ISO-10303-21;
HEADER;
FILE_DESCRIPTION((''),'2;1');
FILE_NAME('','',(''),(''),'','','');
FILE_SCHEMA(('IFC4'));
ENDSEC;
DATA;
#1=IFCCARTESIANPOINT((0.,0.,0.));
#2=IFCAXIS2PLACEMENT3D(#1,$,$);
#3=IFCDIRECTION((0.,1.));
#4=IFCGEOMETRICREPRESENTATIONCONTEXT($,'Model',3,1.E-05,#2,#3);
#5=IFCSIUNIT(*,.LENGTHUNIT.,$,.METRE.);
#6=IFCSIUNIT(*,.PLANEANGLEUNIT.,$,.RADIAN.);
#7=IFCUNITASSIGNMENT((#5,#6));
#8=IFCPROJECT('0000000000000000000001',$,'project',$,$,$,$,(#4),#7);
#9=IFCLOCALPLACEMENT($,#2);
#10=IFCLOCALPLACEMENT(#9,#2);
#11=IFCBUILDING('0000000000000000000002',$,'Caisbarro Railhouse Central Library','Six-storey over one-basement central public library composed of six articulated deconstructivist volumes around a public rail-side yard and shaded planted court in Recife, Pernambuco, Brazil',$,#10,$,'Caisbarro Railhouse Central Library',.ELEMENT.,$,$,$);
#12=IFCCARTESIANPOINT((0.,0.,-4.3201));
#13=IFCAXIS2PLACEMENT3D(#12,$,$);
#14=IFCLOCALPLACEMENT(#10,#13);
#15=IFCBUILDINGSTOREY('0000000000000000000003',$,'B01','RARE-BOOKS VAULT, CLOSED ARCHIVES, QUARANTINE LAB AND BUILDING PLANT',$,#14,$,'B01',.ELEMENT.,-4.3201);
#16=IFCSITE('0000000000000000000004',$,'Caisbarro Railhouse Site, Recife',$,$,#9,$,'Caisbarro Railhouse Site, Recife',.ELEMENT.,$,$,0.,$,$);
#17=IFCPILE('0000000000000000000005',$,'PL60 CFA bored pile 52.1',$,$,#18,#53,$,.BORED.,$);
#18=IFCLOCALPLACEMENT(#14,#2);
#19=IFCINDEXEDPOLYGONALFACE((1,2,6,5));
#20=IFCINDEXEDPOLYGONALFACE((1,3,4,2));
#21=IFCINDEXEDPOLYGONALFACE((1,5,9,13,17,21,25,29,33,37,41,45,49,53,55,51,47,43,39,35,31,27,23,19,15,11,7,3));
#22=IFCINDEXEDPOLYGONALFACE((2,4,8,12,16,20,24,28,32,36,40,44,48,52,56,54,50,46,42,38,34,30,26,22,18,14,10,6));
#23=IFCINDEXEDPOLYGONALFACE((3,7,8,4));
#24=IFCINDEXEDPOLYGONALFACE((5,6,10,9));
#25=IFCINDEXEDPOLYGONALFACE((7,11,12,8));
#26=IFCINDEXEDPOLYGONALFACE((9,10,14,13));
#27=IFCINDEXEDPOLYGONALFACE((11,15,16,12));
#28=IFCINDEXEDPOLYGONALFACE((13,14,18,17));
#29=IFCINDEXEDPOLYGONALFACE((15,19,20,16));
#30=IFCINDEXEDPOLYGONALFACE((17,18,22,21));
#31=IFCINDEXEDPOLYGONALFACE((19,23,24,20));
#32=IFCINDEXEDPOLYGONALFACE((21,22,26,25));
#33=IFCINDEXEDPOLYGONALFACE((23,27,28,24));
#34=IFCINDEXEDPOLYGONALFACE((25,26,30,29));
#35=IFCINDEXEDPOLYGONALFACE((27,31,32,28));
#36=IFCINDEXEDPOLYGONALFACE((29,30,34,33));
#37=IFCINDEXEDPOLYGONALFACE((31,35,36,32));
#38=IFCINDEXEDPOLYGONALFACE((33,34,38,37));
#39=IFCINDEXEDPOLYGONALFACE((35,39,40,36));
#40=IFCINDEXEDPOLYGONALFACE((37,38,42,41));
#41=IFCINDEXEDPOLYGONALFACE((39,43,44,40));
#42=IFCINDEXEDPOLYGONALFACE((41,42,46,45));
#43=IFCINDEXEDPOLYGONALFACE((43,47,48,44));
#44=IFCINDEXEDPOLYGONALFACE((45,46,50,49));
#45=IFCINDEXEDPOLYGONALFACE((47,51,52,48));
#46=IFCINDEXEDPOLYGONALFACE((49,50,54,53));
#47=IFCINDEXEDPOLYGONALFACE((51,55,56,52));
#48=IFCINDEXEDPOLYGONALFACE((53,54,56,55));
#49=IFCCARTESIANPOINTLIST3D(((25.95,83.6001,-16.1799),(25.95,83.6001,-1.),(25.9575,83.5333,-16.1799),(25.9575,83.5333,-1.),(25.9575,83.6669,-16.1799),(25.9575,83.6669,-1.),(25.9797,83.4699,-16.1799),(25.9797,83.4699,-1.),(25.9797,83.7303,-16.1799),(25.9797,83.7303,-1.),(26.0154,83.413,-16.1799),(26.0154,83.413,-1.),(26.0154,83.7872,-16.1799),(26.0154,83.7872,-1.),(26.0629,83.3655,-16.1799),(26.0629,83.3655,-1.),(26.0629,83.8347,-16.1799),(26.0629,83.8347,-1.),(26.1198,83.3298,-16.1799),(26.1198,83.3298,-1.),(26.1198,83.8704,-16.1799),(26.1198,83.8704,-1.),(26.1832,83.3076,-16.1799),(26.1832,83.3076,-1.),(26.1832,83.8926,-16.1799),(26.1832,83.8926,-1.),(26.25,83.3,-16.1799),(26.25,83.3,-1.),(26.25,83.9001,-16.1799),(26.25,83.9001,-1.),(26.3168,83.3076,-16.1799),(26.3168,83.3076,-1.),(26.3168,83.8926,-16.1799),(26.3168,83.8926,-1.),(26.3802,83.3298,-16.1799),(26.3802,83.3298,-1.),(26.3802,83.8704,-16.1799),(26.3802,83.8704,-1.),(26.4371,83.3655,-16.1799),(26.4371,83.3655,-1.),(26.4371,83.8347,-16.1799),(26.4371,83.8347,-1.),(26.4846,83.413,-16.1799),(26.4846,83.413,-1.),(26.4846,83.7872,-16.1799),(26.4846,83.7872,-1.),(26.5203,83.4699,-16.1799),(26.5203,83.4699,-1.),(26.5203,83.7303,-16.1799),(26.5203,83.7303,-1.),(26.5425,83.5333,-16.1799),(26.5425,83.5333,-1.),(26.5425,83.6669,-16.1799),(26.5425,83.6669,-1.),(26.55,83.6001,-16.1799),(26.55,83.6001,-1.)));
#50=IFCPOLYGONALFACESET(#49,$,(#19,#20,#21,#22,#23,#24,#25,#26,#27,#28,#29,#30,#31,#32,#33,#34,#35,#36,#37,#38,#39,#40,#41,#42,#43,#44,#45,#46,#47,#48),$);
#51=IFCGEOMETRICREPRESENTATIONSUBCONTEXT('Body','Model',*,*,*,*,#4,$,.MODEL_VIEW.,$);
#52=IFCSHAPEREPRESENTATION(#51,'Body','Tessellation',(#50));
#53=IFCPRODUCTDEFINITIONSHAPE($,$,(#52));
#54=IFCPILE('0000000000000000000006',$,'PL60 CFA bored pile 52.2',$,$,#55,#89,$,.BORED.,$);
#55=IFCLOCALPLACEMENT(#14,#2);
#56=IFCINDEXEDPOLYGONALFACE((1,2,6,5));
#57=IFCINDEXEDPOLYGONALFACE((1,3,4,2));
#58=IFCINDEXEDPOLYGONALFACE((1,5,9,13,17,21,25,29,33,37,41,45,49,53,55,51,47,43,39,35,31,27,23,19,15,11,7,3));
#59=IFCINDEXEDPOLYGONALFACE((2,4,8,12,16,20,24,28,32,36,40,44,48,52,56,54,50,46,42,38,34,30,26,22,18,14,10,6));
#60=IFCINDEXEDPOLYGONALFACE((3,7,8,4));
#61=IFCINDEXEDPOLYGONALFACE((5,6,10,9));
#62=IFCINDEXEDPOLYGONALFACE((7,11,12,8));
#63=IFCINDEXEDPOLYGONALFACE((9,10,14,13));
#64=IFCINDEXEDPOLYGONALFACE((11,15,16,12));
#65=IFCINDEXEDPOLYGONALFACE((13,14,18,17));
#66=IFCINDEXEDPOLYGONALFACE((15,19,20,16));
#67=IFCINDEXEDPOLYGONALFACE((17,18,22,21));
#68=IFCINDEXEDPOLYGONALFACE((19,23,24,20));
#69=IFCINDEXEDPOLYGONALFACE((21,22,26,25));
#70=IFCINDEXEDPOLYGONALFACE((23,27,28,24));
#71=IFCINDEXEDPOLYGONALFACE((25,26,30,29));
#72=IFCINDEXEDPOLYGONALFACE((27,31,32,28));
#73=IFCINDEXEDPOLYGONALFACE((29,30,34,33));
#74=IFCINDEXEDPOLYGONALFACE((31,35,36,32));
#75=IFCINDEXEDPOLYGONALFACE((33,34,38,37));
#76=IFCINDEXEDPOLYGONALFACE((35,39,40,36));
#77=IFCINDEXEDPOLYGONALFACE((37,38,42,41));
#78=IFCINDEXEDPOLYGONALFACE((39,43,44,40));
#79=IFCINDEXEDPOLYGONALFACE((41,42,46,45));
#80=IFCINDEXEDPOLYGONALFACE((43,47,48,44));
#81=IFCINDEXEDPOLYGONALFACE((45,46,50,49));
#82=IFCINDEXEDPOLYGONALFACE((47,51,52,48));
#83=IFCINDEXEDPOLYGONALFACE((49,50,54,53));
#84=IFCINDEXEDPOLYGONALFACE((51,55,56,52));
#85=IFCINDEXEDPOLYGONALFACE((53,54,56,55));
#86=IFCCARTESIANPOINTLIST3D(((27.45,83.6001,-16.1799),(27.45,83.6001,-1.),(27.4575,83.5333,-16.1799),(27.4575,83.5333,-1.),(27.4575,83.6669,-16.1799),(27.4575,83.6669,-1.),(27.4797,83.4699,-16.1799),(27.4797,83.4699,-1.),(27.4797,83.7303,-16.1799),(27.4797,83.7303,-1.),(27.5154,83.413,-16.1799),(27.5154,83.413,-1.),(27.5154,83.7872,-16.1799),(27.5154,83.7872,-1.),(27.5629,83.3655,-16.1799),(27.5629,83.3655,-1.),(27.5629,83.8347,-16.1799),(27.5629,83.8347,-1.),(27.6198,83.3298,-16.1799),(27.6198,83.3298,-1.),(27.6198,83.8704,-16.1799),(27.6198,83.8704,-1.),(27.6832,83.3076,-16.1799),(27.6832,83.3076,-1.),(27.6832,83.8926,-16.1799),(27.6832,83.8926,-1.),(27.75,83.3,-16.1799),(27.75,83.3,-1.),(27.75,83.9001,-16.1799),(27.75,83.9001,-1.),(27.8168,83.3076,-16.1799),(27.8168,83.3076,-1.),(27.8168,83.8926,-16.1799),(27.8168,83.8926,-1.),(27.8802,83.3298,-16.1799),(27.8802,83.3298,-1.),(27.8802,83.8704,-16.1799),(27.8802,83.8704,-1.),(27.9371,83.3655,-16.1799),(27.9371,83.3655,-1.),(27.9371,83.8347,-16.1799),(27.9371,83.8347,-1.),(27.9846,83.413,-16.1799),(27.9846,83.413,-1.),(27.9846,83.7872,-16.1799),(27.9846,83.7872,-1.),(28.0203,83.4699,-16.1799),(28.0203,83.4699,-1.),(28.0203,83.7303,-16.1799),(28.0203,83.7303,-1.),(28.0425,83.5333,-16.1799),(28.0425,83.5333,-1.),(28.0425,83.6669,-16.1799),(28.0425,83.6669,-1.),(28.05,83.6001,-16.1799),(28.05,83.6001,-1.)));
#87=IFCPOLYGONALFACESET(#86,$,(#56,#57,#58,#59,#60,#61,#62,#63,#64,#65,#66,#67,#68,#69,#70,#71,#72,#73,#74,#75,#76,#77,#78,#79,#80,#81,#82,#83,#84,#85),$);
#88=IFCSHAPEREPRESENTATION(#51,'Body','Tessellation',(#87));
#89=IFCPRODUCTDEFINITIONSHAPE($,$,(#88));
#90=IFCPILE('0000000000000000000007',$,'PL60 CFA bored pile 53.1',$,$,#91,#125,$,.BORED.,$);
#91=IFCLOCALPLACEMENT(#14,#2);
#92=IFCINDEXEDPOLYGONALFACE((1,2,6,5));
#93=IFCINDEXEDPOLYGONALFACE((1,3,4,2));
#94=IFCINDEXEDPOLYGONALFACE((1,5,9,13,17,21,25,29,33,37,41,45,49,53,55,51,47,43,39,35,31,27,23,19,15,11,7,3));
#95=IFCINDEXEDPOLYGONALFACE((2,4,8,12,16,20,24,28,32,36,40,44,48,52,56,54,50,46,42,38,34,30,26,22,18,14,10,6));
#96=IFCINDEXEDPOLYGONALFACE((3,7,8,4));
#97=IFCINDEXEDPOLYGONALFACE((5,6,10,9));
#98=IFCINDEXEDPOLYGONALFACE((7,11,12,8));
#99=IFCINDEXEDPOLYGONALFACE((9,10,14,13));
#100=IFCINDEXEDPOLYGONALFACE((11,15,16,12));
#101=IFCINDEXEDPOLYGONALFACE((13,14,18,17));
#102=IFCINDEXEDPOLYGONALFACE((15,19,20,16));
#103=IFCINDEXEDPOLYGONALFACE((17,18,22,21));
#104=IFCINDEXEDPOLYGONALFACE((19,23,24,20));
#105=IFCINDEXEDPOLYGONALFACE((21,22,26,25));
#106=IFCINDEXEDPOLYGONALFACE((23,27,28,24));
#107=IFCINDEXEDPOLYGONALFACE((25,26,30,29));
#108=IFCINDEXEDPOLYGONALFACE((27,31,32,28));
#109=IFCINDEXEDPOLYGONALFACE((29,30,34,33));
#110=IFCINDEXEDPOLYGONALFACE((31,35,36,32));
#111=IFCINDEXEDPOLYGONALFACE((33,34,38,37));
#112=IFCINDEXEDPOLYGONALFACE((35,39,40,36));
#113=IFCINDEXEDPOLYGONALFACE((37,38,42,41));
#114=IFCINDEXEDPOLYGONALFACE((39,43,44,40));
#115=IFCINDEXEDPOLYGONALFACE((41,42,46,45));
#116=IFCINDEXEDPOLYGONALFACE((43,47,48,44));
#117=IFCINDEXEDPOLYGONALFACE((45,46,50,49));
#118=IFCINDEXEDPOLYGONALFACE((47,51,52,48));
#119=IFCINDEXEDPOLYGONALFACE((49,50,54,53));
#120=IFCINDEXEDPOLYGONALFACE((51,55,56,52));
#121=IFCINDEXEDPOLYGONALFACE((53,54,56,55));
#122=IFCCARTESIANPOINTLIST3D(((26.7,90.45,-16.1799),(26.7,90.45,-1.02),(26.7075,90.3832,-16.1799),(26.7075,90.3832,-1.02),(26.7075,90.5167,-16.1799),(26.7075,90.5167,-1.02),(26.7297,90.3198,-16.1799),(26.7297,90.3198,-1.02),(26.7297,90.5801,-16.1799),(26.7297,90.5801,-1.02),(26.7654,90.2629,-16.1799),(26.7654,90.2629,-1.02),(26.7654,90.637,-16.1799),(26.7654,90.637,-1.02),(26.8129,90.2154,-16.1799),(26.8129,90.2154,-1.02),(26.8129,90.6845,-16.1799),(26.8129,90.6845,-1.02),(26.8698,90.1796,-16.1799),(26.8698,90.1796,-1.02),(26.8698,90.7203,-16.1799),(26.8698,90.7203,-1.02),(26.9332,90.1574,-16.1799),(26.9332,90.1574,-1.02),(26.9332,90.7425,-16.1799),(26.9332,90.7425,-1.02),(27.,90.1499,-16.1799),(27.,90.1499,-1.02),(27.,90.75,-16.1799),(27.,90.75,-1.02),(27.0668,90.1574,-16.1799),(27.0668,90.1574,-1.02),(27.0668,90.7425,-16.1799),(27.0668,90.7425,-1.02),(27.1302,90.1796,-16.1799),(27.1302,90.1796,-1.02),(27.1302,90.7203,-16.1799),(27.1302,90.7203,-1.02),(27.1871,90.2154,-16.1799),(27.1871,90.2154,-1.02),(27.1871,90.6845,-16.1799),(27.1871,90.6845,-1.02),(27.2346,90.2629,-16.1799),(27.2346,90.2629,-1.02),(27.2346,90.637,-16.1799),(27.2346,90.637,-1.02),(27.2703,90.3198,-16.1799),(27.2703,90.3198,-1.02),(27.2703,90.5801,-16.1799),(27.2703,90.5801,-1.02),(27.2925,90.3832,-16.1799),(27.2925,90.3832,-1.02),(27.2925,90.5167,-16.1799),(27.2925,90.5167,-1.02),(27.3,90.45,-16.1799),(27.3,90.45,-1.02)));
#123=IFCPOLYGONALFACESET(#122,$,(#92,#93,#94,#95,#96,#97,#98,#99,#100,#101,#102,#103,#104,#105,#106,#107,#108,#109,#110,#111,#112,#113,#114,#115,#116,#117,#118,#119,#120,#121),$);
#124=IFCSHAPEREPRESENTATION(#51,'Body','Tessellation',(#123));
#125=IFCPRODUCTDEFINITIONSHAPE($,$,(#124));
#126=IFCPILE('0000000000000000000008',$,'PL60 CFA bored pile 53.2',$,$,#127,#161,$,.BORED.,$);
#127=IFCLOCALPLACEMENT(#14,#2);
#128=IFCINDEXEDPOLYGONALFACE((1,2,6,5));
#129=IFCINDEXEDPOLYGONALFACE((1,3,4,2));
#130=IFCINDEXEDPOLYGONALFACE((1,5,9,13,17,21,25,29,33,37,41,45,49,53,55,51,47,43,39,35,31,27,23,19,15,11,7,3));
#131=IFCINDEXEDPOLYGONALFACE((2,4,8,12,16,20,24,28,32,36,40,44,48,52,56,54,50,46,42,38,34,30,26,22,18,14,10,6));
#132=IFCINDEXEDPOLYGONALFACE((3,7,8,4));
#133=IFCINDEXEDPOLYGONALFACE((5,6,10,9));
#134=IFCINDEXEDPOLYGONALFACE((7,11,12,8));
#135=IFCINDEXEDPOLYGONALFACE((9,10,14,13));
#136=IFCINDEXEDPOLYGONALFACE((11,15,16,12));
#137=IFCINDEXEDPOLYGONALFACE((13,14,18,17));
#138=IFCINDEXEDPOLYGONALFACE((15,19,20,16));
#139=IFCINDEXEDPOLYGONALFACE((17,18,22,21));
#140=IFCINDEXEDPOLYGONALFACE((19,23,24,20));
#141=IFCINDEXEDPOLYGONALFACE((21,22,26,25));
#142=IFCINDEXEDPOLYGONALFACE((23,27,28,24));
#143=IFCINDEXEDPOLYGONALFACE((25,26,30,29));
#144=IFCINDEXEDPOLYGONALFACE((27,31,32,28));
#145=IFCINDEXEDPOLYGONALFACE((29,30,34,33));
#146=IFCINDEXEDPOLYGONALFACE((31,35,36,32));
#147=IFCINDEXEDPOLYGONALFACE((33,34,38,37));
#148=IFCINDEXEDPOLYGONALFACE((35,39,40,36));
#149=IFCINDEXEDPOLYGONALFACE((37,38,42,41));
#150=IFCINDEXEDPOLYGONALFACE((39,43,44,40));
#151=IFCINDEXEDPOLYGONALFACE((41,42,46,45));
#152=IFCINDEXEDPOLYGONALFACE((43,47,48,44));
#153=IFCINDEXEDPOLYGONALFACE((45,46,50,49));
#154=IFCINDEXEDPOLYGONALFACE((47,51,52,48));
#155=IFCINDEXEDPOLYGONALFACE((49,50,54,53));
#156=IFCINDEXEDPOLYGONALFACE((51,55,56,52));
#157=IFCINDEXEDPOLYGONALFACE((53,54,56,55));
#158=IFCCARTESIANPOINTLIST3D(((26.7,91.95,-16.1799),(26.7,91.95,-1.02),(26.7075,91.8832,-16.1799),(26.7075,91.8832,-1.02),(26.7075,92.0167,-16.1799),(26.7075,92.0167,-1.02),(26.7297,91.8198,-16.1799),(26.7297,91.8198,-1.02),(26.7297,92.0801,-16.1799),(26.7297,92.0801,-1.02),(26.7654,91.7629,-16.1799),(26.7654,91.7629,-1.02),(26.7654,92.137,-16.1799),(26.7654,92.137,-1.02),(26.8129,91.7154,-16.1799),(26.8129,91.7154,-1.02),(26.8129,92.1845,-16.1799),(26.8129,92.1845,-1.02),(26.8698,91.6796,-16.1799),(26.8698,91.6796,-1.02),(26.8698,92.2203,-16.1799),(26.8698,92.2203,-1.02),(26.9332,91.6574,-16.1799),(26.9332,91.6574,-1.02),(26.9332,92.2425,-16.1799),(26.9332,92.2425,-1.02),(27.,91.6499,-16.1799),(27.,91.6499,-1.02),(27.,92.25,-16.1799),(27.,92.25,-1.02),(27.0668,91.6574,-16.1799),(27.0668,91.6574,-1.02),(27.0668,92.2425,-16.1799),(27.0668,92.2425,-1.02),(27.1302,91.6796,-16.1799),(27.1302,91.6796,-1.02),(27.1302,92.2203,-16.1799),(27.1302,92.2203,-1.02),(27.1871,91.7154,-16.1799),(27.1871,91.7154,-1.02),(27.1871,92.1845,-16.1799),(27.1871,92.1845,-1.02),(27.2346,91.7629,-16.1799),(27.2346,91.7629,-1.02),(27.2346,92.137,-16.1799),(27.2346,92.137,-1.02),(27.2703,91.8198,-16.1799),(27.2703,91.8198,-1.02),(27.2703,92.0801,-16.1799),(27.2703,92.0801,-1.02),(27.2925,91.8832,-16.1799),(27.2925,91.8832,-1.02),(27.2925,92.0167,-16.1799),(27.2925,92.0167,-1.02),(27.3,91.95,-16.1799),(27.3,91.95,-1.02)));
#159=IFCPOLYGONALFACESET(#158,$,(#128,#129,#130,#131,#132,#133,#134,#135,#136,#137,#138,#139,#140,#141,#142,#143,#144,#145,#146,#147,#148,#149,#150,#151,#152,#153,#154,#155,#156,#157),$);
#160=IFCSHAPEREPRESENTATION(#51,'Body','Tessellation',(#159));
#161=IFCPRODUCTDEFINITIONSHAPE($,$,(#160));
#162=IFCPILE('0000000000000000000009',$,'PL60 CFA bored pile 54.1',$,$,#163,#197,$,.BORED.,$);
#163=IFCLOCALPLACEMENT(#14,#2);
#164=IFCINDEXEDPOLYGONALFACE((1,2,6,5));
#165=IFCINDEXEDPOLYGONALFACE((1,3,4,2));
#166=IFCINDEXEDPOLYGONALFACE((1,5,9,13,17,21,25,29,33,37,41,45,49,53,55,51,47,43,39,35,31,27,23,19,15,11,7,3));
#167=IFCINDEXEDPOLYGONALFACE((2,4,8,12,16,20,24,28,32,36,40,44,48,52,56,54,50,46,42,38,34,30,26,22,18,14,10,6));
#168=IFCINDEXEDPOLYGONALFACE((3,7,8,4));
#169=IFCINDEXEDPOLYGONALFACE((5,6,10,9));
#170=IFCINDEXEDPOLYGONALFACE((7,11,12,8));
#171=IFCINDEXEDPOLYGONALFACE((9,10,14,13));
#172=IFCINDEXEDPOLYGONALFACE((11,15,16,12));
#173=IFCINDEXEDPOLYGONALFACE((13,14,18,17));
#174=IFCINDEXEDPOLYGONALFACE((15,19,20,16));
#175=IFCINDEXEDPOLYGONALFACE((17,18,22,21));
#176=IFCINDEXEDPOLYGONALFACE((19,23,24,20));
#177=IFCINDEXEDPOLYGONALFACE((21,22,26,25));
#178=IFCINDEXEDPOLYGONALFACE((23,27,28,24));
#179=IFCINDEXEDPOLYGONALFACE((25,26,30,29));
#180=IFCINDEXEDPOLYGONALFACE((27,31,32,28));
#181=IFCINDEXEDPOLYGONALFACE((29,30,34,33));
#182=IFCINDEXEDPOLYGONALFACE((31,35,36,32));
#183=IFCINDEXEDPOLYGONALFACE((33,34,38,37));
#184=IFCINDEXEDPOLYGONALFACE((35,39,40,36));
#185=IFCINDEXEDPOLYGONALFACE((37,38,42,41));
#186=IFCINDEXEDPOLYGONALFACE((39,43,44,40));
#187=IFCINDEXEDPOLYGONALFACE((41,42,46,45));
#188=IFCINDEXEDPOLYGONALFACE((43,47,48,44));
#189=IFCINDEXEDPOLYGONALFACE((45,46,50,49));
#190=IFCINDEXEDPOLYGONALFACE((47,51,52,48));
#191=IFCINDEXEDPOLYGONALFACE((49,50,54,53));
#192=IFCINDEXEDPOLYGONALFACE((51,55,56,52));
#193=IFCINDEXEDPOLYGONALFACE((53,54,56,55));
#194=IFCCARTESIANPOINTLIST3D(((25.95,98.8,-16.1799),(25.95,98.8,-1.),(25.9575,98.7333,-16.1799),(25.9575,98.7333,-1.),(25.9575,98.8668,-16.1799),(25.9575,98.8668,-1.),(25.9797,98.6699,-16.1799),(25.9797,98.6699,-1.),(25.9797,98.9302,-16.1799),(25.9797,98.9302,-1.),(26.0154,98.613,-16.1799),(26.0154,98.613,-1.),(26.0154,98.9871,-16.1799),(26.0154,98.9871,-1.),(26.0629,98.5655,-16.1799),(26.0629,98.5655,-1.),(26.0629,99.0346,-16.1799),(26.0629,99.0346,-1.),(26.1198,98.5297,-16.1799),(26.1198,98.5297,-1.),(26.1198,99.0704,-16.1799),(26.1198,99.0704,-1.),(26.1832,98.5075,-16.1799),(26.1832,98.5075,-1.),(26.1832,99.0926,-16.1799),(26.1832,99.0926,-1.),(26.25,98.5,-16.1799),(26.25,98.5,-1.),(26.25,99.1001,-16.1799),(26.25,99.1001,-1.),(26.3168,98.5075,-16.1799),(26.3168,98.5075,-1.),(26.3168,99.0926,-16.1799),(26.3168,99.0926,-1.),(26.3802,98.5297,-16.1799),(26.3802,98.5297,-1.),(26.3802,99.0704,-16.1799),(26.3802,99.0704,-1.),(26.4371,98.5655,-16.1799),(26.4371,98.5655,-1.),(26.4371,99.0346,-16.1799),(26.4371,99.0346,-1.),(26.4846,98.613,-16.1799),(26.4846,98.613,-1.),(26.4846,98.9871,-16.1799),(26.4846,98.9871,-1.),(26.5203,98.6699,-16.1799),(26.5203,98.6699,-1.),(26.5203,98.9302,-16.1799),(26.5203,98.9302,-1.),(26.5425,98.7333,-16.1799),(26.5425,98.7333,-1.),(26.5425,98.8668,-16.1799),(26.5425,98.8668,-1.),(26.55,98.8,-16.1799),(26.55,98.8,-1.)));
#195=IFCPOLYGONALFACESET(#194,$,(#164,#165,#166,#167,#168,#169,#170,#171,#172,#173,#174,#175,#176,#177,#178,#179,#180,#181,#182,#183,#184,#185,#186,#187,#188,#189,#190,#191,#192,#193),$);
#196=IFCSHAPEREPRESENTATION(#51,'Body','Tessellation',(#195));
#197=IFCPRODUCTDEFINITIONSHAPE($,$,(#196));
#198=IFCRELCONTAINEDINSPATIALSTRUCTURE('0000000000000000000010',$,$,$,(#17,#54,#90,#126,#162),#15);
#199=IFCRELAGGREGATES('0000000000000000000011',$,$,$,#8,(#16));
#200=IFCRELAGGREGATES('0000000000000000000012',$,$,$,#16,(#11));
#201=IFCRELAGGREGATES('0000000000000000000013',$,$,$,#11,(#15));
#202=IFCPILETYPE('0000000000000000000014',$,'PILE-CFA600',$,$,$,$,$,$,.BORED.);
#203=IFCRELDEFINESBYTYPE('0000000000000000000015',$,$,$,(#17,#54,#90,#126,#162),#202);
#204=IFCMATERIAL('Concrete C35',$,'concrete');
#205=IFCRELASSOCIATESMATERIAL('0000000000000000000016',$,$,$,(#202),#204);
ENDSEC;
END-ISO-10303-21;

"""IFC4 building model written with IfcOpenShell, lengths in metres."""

from ifc_helpers import new_model, si_unit, direction, frame, origin, origin_2d, place, context, subcontext, project, spatial, circle, extrude, material, material_profile, profile_set, type_object, element, save


model = new_model("IFC4")

# Units and contexts
model_context = context("Model", 3, precision=1e-05, world=origin(), true_north=direction((0.0, 1.0)))
body_context = subcontext(model_context, "Body", "Model", "MODEL_VIEW")
ifc_project = project(units=[si_unit("LENGTHUNIT", "METRE"), si_unit("PLANEANGLEUNIT", "RADIAN")], contexts=[model_context])

# Site, building, storey
site_placement = place(None, origin())
site = spatial("IfcSite", under=ifc_project, at=site_placement, Name="Caisbarro Railhouse Site, Recife", LongName="Caisbarro Railhouse Site, Recife", CompositionType="ELEMENT", RefElevation=0.0)
building_placement = place(site_placement, origin())
building = spatial("IfcBuilding", under=site, at=building_placement, Name="Caisbarro Railhouse Central Library", Description="Six-storey over one-basement central public library composed of six articulated deconstructivist volumes around a public rail-side yard and shaded planted court in Recife, Pernambuco, Brazil", LongName="Caisbarro Railhouse Central Library", CompositionType="ELEMENT")
storey_placement = place(building_placement, frame((0.0, 0.0, -4.3201)))
storey = spatial("IfcBuildingStorey", under=building, at=storey_placement, Name="B01", Description="RARE-BOOKS VAULT, CLOSED ARCHIVES, QUARANTINE LAB AND BUILDING PLANT", LongName="B01", CompositionType="ELEMENT", Elevation=-4.3201)

# Shared definitions
ifc_material_1 = material(Name="Concrete C35", Category="concrete")

# Piles
ifc_material_profile_1 = material_profile(ifc_material_1, circle(Radius=0.3, at=origin_2d()), Name="PILE-CFA-600")
ifc_profile_set_1 = profile_set([ifc_material_profile_1], Name="Concrete C35")
pile_type = type_object("IfcPileType", Name="PILE-CFA600", PredefinedType="BORED", material=ifc_profile_set_1)
for number, where, z_axis, x_axis, name in (
    (1, (26.25, 83.6001, -1.0), (0.0, 0.0, -1.0), (1.0, 0.0, 0.0), "PL60 CFA bored pile 52.1"),
    (2, (27.75, 83.6001, -1.0), (0.0, 0.0, -1.0), (1.0, 0.0, 0.0), "PL60 CFA bored pile 52.2"),
):
    element("IfcPile", number, at=place(storey_placement, frame(where, z_axis=z_axis, x_axis=x_axis)), inside=storey, type_object=pile_type, Name=name, PredefinedType="BORED", context=body_context, shape_type="SweptSolid", body=[
        extrude(circle(Radius=0.3, at=origin_2d()), origin(), (0.0, 0.0, 1.0), 15.1799),
    ])
for number, where, z_axis, x_axis, name in (
    (3, (27.0, 90.45, -1.02), (0.0, 0.0, -1.0), (1.0, 0.0, 0.0), "PL60 CFA bored pile 53.1"),
    (4, (27.0, 91.95, -1.02), (0.0, 0.0, -1.0), (1.0, 0.0, 0.0), "PL60 CFA bored pile 53.2"),
):
    element("IfcPile", number, at=place(storey_placement, frame(where, z_axis=z_axis, x_axis=x_axis)), inside=storey, type_object=pile_type, Name=name, PredefinedType="BORED", context=body_context, shape_type="SweptSolid", body=[
        extrude(circle(Radius=0.3, at=origin_2d()), origin(), (0.0, 0.0, 1.0), 15.1599),
    ])
for number, where, z_axis, x_axis, name in (
    (5, (26.25, 98.8, -1.0), (0.0, 0.0, -1.0), (1.0, 0.0, 0.0), "PL60 CFA bored pile 54.1"),
):
    element("IfcPile", number, at=place(storey_placement, frame(where, z_axis=z_axis, x_axis=x_axis)), inside=storey, type_object=pile_type, Name=name, PredefinedType="BORED", context=body_context, shape_type="SweptSolid", body=[
        extrude(circle(Radius=0.3, at=origin_2d()), origin(), (0.0, 0.0, 1.0), 15.1799),
    ])

save(model, "model.ifc")
